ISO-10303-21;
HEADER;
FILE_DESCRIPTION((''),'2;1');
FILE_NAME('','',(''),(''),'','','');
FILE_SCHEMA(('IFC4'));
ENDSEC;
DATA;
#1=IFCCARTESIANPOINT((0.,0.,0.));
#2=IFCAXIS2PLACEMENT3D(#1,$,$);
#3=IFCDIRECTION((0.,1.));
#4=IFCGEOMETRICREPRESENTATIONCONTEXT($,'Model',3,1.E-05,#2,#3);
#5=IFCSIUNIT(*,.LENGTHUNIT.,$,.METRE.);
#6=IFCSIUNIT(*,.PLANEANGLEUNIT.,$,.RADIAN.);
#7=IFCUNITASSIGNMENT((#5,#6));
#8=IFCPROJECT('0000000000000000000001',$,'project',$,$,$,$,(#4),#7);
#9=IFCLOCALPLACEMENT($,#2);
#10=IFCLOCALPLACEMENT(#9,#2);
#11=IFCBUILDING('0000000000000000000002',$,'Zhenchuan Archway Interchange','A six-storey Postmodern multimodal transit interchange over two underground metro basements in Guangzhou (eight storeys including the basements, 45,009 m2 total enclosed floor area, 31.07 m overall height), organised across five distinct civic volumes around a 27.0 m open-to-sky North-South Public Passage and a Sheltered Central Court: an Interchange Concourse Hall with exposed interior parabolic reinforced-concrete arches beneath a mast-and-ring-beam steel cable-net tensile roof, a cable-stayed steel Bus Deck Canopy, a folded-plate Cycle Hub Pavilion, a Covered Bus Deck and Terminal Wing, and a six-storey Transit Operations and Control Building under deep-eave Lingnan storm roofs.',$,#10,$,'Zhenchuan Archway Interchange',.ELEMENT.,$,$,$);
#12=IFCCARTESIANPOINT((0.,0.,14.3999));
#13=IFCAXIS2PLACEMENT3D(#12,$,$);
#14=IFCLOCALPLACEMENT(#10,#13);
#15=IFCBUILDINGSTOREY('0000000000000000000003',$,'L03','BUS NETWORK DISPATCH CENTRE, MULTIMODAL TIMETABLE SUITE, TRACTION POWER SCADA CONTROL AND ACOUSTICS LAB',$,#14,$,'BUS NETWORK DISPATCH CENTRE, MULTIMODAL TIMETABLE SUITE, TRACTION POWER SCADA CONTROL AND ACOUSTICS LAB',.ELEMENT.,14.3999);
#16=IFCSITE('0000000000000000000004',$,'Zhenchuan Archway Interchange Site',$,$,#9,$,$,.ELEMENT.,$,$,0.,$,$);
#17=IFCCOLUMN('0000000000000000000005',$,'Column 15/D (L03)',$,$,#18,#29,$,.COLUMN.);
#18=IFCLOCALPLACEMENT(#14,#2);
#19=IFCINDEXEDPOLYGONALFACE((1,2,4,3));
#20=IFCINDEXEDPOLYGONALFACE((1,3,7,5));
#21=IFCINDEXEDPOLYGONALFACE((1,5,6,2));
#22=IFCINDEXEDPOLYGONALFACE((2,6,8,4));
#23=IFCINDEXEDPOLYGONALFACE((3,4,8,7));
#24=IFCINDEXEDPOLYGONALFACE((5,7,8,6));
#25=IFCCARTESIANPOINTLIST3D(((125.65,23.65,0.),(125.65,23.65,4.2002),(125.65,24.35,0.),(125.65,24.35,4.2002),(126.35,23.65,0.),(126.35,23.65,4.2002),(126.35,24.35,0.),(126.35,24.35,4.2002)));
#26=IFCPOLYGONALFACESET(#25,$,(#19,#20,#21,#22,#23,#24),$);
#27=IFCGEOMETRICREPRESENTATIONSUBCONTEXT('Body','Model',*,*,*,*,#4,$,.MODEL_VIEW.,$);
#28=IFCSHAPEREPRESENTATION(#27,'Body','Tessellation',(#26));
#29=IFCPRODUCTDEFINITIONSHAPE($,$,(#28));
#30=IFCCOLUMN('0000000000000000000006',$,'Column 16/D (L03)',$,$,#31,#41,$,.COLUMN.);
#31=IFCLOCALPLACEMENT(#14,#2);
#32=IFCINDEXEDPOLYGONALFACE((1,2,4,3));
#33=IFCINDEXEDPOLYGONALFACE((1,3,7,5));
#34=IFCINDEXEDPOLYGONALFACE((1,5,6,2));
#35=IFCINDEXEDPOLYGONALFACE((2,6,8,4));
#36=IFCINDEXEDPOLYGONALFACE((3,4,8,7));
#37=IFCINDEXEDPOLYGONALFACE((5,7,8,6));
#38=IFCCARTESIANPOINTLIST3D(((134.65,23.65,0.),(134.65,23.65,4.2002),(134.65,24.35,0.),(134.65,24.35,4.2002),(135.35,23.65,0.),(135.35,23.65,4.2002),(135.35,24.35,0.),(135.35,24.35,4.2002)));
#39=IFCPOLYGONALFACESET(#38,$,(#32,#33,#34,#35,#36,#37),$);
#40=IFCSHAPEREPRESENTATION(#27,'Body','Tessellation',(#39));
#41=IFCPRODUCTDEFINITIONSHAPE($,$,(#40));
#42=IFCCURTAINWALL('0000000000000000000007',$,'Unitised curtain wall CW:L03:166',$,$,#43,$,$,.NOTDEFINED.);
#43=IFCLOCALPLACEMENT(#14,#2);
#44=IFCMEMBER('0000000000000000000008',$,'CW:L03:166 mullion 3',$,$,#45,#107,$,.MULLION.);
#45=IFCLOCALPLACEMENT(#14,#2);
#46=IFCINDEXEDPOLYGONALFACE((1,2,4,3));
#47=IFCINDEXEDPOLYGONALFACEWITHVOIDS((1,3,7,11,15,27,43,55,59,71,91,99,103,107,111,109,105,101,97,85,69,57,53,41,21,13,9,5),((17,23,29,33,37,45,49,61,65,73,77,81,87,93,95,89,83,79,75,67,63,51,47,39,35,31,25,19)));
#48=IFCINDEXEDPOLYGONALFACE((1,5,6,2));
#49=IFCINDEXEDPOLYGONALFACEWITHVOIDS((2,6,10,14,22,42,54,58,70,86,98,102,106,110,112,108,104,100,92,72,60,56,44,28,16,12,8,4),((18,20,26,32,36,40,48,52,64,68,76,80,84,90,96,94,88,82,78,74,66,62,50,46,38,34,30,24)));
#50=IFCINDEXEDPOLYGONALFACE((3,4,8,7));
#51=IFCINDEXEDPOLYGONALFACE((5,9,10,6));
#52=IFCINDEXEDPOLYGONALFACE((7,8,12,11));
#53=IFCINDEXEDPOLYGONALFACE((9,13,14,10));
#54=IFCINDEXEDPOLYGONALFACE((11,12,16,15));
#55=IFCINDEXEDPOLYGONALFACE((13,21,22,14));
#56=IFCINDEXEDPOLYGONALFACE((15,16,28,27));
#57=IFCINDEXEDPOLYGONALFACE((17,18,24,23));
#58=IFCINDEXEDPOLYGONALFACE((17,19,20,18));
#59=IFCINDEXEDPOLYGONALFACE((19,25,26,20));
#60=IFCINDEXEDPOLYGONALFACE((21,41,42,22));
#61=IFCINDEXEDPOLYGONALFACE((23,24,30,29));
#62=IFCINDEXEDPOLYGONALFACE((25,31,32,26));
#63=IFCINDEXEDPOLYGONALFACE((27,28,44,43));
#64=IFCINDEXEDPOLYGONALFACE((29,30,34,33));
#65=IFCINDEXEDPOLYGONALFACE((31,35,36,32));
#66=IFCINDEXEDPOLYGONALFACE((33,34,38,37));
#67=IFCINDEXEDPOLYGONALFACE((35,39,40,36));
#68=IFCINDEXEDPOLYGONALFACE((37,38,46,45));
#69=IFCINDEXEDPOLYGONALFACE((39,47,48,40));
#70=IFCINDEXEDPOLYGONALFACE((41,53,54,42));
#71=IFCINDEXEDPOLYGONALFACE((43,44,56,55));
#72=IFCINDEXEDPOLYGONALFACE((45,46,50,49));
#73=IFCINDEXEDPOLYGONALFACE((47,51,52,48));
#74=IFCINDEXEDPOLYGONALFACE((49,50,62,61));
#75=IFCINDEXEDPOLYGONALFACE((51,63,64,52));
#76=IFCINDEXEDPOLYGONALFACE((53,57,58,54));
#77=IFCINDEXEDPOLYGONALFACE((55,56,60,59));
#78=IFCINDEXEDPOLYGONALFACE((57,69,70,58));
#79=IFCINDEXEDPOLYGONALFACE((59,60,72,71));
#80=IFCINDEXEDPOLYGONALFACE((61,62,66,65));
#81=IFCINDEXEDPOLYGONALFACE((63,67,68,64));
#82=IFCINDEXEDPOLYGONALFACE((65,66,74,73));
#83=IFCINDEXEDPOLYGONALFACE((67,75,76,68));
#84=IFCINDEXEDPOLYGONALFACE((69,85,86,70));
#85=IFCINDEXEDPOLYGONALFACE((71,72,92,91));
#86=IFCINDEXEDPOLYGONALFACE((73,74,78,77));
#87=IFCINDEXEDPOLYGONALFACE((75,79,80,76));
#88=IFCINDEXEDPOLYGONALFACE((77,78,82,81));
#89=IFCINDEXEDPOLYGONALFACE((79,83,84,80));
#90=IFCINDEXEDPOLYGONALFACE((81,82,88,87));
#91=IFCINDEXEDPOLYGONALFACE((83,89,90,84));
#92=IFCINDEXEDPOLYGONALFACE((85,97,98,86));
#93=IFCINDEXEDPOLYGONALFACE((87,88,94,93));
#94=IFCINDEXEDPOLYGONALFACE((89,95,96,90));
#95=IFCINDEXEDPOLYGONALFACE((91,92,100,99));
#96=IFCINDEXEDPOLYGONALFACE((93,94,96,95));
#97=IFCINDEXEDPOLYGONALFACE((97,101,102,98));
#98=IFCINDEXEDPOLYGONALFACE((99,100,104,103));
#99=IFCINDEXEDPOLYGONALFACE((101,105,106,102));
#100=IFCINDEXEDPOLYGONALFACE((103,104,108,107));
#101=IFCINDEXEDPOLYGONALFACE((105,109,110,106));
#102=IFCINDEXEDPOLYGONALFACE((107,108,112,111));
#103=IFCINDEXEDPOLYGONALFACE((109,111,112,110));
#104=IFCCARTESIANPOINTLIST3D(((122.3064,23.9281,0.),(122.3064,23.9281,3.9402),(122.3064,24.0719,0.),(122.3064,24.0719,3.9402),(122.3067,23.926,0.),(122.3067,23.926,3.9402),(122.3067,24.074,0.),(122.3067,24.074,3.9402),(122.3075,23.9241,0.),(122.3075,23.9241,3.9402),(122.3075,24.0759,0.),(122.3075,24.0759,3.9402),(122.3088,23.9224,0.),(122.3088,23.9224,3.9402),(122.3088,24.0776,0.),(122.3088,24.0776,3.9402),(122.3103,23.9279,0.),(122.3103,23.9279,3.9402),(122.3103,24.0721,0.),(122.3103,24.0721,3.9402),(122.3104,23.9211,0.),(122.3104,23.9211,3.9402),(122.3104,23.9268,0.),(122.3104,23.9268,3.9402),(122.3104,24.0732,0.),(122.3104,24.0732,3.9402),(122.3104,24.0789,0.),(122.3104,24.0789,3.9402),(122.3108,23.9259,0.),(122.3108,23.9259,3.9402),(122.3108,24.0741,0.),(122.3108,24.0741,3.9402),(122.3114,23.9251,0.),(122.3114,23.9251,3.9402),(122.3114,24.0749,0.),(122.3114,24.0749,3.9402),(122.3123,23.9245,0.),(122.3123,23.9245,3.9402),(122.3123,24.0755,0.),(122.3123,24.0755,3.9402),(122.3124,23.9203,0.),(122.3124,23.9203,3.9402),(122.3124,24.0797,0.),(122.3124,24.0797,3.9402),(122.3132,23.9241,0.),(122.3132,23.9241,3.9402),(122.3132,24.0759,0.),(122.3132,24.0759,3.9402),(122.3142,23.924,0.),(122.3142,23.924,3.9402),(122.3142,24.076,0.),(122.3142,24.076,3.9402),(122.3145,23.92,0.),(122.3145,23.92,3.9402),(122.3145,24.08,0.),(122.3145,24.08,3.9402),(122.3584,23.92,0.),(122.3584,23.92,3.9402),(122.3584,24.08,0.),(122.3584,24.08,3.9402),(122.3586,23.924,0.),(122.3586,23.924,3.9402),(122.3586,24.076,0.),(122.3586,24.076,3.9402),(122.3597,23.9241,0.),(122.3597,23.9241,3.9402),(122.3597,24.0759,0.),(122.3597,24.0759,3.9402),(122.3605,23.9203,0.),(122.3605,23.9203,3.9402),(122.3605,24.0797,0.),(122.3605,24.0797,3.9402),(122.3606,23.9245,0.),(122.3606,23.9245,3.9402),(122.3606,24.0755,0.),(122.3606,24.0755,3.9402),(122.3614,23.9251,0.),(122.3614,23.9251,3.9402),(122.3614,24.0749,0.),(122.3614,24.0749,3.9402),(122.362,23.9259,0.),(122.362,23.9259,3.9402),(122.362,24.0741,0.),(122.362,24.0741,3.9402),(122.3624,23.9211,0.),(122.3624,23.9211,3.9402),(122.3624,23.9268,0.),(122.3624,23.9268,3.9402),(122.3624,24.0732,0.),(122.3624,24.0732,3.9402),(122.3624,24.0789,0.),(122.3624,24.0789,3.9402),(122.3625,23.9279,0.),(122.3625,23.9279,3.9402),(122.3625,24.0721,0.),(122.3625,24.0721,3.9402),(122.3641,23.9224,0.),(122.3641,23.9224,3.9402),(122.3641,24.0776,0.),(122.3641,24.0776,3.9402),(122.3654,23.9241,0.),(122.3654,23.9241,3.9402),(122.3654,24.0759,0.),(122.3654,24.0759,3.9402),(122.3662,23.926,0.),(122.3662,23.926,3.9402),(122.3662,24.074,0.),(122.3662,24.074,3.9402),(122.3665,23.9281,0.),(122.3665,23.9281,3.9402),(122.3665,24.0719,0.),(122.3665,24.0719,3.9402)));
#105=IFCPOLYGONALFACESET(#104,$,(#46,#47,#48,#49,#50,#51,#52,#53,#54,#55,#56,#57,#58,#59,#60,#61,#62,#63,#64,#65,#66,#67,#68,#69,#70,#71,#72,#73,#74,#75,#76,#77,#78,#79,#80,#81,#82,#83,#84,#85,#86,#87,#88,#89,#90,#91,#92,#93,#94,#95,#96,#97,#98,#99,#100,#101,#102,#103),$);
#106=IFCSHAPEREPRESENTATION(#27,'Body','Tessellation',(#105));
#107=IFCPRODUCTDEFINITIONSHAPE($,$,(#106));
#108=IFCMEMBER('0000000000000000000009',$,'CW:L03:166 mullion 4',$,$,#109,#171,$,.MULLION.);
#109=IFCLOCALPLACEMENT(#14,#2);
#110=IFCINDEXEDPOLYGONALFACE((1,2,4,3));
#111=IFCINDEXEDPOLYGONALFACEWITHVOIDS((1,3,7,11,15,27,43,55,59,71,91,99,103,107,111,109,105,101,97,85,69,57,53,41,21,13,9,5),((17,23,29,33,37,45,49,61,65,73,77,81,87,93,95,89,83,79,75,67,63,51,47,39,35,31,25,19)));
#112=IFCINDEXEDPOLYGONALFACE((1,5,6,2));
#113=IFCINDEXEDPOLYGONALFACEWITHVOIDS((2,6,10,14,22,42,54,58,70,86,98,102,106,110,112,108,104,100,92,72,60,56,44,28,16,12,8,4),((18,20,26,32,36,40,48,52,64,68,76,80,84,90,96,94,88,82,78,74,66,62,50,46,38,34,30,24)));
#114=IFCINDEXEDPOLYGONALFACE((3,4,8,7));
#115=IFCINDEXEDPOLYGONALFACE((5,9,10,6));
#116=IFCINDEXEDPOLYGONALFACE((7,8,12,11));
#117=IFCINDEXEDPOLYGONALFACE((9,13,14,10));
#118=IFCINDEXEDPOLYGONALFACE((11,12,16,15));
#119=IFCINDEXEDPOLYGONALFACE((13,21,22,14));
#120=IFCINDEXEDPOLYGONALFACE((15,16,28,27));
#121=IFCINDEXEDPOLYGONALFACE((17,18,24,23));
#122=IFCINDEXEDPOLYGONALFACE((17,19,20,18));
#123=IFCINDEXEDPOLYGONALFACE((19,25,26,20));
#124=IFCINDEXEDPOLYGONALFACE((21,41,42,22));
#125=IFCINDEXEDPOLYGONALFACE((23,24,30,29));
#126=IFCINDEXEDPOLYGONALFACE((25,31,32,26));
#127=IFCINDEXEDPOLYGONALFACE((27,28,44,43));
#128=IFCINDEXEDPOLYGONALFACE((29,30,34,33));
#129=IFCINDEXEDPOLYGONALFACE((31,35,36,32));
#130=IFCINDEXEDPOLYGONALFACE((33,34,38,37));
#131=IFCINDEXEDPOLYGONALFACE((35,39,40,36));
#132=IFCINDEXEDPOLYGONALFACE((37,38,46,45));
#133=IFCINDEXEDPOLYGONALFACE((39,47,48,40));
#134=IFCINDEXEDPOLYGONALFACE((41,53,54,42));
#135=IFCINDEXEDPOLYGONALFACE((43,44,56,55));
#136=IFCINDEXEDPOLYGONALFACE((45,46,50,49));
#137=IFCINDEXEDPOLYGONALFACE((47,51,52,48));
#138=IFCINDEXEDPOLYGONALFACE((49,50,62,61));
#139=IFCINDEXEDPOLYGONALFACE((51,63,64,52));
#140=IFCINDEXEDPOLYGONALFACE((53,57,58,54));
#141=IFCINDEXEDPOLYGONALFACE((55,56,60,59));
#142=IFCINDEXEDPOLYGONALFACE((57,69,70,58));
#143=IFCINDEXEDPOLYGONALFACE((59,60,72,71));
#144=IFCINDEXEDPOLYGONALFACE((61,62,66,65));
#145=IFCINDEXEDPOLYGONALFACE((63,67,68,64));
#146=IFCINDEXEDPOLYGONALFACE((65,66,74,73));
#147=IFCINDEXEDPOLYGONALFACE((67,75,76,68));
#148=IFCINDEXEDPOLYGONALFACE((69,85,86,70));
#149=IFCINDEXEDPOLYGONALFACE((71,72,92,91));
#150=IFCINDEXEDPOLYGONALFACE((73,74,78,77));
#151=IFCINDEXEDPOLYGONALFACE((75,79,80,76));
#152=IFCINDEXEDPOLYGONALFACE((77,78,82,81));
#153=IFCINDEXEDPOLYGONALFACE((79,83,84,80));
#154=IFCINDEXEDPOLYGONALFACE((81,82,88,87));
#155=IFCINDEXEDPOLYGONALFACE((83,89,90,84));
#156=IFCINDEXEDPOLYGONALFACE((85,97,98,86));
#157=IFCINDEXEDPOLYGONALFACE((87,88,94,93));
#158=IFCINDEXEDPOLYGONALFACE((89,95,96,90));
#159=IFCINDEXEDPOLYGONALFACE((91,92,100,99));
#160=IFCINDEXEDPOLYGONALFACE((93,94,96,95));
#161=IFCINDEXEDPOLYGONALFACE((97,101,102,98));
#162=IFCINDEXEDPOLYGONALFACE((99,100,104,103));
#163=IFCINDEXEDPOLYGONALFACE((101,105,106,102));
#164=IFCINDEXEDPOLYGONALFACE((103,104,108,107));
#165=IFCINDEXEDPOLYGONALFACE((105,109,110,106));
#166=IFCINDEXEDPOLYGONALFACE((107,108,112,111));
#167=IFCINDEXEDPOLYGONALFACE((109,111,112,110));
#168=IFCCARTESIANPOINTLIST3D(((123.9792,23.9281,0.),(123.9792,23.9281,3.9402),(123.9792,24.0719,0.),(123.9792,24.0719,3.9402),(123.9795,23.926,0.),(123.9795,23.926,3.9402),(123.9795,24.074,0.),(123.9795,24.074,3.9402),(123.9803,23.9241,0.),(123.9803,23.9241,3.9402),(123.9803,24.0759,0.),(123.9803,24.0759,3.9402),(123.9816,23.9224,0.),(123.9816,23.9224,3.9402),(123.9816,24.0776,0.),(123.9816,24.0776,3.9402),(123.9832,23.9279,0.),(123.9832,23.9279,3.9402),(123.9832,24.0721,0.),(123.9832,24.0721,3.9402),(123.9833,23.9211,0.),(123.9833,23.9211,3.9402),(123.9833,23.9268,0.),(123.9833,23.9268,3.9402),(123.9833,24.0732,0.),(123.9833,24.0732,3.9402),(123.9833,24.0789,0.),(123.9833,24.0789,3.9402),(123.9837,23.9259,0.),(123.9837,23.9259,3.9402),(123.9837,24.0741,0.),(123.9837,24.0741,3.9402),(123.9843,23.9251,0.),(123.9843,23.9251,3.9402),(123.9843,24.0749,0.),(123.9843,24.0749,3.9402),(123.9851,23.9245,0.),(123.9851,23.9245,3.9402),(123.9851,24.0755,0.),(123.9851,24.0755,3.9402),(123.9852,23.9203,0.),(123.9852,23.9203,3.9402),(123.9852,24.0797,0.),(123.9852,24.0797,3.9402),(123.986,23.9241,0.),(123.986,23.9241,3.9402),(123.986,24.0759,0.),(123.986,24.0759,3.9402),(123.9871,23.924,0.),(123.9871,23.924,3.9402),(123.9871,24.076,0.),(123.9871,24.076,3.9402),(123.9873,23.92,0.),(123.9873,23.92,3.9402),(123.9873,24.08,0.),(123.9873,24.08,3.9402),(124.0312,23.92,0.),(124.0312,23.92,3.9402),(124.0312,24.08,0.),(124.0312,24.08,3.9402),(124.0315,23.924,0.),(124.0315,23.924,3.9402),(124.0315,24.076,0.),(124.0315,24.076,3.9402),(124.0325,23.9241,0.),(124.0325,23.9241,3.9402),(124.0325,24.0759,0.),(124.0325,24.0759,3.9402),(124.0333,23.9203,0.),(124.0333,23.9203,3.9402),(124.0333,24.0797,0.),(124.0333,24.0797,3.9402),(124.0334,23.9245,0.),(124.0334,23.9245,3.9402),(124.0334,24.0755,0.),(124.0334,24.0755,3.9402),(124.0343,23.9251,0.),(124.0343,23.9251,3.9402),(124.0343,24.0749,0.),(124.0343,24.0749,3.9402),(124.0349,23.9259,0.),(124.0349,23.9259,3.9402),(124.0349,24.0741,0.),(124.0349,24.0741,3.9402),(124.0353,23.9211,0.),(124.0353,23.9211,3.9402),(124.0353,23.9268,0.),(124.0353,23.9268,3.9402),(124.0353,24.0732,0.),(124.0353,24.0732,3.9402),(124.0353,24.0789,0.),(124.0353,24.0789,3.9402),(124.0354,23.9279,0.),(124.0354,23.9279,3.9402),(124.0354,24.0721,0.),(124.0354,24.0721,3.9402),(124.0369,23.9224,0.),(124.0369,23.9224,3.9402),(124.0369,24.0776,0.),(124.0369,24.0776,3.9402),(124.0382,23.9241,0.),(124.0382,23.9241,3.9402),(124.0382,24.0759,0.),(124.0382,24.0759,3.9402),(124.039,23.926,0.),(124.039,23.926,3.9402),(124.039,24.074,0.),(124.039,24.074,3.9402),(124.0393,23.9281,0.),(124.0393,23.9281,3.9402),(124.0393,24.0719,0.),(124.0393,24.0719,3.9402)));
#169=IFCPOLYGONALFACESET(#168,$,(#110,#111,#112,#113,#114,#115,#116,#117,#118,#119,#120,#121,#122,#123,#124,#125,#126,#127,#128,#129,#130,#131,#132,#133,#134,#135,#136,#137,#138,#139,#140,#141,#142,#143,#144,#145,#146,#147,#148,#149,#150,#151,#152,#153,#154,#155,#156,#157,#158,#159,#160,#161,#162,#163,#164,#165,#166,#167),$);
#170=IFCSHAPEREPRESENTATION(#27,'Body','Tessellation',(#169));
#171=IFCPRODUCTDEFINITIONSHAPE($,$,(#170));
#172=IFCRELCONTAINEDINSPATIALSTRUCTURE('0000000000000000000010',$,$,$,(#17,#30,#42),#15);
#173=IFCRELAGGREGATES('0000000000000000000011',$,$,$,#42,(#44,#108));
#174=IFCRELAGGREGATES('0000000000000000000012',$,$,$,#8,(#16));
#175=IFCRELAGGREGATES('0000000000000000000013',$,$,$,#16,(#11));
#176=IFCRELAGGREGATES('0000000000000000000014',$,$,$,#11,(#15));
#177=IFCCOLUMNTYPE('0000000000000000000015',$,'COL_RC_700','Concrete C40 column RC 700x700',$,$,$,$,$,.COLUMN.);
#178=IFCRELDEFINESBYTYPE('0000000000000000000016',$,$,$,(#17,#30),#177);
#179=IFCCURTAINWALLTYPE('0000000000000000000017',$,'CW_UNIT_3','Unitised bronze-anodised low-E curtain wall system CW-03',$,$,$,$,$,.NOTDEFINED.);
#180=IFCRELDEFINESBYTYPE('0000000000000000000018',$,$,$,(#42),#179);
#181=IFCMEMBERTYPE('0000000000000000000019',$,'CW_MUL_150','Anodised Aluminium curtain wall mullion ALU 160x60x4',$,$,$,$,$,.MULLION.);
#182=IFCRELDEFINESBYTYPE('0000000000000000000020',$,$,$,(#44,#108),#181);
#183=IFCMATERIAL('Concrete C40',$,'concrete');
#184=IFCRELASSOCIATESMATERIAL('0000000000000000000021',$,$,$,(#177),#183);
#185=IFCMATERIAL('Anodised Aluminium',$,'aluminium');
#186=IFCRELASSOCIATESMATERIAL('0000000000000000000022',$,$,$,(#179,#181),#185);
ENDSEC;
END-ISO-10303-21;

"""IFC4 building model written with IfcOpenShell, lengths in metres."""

from ifc_helpers import new_model, si_unit, direction, frame, origin, origin_2d, place, context, subcontext, project, spatial, rectangle, hollow_rectangle, extrude, material, material_profile, profile_set, type_object, element, aggregate, save


model = new_model("IFC4")

# Units and contexts
model_context = context("Model", 3, precision=1e-05, world=origin(), true_north=direction((0.0, 1.0)))
body_context = subcontext(model_context, "Body", "Model", "MODEL_VIEW")
ifc_project = project(units=[si_unit("LENGTHUNIT", "METRE"), si_unit("PLANEANGLEUNIT", "RADIAN")], contexts=[model_context])

# Site, building, storey
site_placement = place(None, origin())
site = spatial("IfcSite", under=ifc_project, at=site_placement, Name="Zhenchuan Archway Interchange Site", CompositionType="ELEMENT", RefElevation=0.0)
building_placement = place(site_placement, origin())
building = spatial("IfcBuilding", under=site, at=building_placement, Name="Zhenchuan Archway Interchange", Description="A six-storey Postmodern multimodal transit interchange over two underground metro basements in Guangzhou (eight storeys including the basements, 45,009 m2 total enclosed floor area, 31.07 m overall height), organised across five distinct civic volumes around a 27.0 m open-to-sky North-South Public Passage and a Sheltered Central Court: an Interchange Concourse Hall with exposed interior parabolic reinforced-concrete arches beneath a mast-and-ring-beam steel cable-net tensile roof, a cable-stayed steel Bus Deck Canopy, a folded-plate Cycle Hub Pavilion, a Covered Bus Deck and Terminal Wing, and a six-storey Transit Operations and Control Building under deep-eave Lingnan storm roofs.", LongName="Zhenchuan Archway Interchange", CompositionType="ELEMENT")
storey_placement = place(building_placement, frame((0.0, 0.0, 14.3999)))
storey = spatial("IfcBuildingStorey", under=building, at=storey_placement, Name="L03", Description="BUS NETWORK DISPATCH CENTRE, MULTIMODAL TIMETABLE SUITE, TRACTION POWER SCADA CONTROL AND ACOUSTICS LAB", LongName="BUS NETWORK DISPATCH CENTRE, MULTIMODAL TIMETABLE SUITE, TRACTION POWER SCADA CONTROL AND ACOUSTICS LAB", CompositionType="ELEMENT", Elevation=14.3999)

# Columns
ifc_material_1 = material(Name="Concrete C40", Category="concrete")
ifc_material_profile_1 = material_profile(ifc_material_1, rectangle(XDim=0.7, YDim=0.7, at=origin_2d()), Name="RC 700x700")
ifc_profile_set_1 = profile_set([ifc_material_profile_1], Name="Concrete C40")
column_type = type_object("IfcColumnType", Name="COL_RC_700", Description="Concrete C40 column RC 700x700", PredefinedType="COLUMN", material=ifc_profile_set_1)
for number, where, z_axis, x_axis, name in (
    (1, (126.0, 24.0, 0.0), (0.0, 0.0, 1.0), (1.0, 0.0, 0.0), "Column 15/D (L03)"),
    (2, (135.0, 24.0, 0.0), (0.0, 0.0, 1.0), (1.0, 0.0, 0.0), "Column 16/D (L03)"),
):
    element("IfcColumn", number, at=place(storey_placement, frame(where, z_axis=z_axis, x_axis=x_axis)), inside=storey, type_object=column_type, Name=name, PredefinedType="COLUMN", context=body_context, shape_type="SweptSolid", body=[
        extrude(rectangle(XDim=0.7, YDim=0.7, at=origin_2d()), origin(), (0.0, 0.0, 1.0), 4.2002),
    ])

# Curtain wall, members
ifc_material_2 = material(Name="Anodised Aluminium", Category="aluminium")
curtain_wall_type_1 = type_object("IfcCurtainWallType", Name="CW_UNIT_3", Description="Unitised bronze-anodised low-E curtain wall system CW-03", PredefinedType="NOTDEFINED", material=ifc_material_2)
curtain_wall_1_placement = place(storey_placement, origin())
curtain_wall_1 = element("IfcCurtainWall", 3, at=curtain_wall_1_placement, inside=storey, type_object=curtain_wall_type_1, Name="Unitised curtain wall CW:L03:166", PredefinedType="NOTDEFINED")
ifc_material_profile_2 = material_profile(ifc_material_2, hollow_rectangle(XDim=0.0601, YDim=0.1599, WallThickness=0.0039, InnerFilletRadius=0.0039, OuterFilletRadius=0.0081, at=origin_2d()), Name="ALU 160x60x4")
ifc_profile_set_2 = profile_set([ifc_material_profile_2], Name="Anodised Aluminium")
member_type_1 = type_object("IfcMemberType", Name="CW_MUL_150", Description="Anodised Aluminium curtain wall mullion ALU 160x60x4", PredefinedType="MULLION", material=ifc_profile_set_2)
member_1_placement = place(storey_placement, frame((122.3364, 24.0, 0.0), z_axis=(0.0, 0.0, 1.0), x_axis=(1.0, 0.0, 0.0)))
member_1 = element("IfcMember", 4, at=member_1_placement, type_object=member_type_1, Name="CW:L03:166 mullion 3", PredefinedType="MULLION", context=body_context, shape_type="SweptSolid", body=[
    extrude(hollow_rectangle(XDim=0.0601, YDim=0.1599, WallThickness=0.0039, InnerFilletRadius=0.0039, OuterFilletRadius=0.0081, at=origin_2d()), origin(), (0.0, 0.0, 1.0), 3.9402),
])
member_2_placement = place(storey_placement, frame((124.0093, 24.0, 0.0), z_axis=(0.0, 0.0, 1.0), x_axis=(1.0, 0.0, 0.0)))
member_2 = element("IfcMember", 5, at=member_2_placement, type_object=member_type_1, Name="CW:L03:166 mullion 4", PredefinedType="MULLION", context=body_context, shape_type="SweptSolid", body=[
    extrude(hollow_rectangle(XDim=0.0601, YDim=0.1599, WallThickness=0.0039, InnerFilletRadius=0.0039, OuterFilletRadius=0.0081, at=origin_2d()), origin(), (0.0, 0.0, 1.0), 3.9402),
])

aggregate(curtain_wall_1, [member_1, member_2])

save(model, "model.ifc")
